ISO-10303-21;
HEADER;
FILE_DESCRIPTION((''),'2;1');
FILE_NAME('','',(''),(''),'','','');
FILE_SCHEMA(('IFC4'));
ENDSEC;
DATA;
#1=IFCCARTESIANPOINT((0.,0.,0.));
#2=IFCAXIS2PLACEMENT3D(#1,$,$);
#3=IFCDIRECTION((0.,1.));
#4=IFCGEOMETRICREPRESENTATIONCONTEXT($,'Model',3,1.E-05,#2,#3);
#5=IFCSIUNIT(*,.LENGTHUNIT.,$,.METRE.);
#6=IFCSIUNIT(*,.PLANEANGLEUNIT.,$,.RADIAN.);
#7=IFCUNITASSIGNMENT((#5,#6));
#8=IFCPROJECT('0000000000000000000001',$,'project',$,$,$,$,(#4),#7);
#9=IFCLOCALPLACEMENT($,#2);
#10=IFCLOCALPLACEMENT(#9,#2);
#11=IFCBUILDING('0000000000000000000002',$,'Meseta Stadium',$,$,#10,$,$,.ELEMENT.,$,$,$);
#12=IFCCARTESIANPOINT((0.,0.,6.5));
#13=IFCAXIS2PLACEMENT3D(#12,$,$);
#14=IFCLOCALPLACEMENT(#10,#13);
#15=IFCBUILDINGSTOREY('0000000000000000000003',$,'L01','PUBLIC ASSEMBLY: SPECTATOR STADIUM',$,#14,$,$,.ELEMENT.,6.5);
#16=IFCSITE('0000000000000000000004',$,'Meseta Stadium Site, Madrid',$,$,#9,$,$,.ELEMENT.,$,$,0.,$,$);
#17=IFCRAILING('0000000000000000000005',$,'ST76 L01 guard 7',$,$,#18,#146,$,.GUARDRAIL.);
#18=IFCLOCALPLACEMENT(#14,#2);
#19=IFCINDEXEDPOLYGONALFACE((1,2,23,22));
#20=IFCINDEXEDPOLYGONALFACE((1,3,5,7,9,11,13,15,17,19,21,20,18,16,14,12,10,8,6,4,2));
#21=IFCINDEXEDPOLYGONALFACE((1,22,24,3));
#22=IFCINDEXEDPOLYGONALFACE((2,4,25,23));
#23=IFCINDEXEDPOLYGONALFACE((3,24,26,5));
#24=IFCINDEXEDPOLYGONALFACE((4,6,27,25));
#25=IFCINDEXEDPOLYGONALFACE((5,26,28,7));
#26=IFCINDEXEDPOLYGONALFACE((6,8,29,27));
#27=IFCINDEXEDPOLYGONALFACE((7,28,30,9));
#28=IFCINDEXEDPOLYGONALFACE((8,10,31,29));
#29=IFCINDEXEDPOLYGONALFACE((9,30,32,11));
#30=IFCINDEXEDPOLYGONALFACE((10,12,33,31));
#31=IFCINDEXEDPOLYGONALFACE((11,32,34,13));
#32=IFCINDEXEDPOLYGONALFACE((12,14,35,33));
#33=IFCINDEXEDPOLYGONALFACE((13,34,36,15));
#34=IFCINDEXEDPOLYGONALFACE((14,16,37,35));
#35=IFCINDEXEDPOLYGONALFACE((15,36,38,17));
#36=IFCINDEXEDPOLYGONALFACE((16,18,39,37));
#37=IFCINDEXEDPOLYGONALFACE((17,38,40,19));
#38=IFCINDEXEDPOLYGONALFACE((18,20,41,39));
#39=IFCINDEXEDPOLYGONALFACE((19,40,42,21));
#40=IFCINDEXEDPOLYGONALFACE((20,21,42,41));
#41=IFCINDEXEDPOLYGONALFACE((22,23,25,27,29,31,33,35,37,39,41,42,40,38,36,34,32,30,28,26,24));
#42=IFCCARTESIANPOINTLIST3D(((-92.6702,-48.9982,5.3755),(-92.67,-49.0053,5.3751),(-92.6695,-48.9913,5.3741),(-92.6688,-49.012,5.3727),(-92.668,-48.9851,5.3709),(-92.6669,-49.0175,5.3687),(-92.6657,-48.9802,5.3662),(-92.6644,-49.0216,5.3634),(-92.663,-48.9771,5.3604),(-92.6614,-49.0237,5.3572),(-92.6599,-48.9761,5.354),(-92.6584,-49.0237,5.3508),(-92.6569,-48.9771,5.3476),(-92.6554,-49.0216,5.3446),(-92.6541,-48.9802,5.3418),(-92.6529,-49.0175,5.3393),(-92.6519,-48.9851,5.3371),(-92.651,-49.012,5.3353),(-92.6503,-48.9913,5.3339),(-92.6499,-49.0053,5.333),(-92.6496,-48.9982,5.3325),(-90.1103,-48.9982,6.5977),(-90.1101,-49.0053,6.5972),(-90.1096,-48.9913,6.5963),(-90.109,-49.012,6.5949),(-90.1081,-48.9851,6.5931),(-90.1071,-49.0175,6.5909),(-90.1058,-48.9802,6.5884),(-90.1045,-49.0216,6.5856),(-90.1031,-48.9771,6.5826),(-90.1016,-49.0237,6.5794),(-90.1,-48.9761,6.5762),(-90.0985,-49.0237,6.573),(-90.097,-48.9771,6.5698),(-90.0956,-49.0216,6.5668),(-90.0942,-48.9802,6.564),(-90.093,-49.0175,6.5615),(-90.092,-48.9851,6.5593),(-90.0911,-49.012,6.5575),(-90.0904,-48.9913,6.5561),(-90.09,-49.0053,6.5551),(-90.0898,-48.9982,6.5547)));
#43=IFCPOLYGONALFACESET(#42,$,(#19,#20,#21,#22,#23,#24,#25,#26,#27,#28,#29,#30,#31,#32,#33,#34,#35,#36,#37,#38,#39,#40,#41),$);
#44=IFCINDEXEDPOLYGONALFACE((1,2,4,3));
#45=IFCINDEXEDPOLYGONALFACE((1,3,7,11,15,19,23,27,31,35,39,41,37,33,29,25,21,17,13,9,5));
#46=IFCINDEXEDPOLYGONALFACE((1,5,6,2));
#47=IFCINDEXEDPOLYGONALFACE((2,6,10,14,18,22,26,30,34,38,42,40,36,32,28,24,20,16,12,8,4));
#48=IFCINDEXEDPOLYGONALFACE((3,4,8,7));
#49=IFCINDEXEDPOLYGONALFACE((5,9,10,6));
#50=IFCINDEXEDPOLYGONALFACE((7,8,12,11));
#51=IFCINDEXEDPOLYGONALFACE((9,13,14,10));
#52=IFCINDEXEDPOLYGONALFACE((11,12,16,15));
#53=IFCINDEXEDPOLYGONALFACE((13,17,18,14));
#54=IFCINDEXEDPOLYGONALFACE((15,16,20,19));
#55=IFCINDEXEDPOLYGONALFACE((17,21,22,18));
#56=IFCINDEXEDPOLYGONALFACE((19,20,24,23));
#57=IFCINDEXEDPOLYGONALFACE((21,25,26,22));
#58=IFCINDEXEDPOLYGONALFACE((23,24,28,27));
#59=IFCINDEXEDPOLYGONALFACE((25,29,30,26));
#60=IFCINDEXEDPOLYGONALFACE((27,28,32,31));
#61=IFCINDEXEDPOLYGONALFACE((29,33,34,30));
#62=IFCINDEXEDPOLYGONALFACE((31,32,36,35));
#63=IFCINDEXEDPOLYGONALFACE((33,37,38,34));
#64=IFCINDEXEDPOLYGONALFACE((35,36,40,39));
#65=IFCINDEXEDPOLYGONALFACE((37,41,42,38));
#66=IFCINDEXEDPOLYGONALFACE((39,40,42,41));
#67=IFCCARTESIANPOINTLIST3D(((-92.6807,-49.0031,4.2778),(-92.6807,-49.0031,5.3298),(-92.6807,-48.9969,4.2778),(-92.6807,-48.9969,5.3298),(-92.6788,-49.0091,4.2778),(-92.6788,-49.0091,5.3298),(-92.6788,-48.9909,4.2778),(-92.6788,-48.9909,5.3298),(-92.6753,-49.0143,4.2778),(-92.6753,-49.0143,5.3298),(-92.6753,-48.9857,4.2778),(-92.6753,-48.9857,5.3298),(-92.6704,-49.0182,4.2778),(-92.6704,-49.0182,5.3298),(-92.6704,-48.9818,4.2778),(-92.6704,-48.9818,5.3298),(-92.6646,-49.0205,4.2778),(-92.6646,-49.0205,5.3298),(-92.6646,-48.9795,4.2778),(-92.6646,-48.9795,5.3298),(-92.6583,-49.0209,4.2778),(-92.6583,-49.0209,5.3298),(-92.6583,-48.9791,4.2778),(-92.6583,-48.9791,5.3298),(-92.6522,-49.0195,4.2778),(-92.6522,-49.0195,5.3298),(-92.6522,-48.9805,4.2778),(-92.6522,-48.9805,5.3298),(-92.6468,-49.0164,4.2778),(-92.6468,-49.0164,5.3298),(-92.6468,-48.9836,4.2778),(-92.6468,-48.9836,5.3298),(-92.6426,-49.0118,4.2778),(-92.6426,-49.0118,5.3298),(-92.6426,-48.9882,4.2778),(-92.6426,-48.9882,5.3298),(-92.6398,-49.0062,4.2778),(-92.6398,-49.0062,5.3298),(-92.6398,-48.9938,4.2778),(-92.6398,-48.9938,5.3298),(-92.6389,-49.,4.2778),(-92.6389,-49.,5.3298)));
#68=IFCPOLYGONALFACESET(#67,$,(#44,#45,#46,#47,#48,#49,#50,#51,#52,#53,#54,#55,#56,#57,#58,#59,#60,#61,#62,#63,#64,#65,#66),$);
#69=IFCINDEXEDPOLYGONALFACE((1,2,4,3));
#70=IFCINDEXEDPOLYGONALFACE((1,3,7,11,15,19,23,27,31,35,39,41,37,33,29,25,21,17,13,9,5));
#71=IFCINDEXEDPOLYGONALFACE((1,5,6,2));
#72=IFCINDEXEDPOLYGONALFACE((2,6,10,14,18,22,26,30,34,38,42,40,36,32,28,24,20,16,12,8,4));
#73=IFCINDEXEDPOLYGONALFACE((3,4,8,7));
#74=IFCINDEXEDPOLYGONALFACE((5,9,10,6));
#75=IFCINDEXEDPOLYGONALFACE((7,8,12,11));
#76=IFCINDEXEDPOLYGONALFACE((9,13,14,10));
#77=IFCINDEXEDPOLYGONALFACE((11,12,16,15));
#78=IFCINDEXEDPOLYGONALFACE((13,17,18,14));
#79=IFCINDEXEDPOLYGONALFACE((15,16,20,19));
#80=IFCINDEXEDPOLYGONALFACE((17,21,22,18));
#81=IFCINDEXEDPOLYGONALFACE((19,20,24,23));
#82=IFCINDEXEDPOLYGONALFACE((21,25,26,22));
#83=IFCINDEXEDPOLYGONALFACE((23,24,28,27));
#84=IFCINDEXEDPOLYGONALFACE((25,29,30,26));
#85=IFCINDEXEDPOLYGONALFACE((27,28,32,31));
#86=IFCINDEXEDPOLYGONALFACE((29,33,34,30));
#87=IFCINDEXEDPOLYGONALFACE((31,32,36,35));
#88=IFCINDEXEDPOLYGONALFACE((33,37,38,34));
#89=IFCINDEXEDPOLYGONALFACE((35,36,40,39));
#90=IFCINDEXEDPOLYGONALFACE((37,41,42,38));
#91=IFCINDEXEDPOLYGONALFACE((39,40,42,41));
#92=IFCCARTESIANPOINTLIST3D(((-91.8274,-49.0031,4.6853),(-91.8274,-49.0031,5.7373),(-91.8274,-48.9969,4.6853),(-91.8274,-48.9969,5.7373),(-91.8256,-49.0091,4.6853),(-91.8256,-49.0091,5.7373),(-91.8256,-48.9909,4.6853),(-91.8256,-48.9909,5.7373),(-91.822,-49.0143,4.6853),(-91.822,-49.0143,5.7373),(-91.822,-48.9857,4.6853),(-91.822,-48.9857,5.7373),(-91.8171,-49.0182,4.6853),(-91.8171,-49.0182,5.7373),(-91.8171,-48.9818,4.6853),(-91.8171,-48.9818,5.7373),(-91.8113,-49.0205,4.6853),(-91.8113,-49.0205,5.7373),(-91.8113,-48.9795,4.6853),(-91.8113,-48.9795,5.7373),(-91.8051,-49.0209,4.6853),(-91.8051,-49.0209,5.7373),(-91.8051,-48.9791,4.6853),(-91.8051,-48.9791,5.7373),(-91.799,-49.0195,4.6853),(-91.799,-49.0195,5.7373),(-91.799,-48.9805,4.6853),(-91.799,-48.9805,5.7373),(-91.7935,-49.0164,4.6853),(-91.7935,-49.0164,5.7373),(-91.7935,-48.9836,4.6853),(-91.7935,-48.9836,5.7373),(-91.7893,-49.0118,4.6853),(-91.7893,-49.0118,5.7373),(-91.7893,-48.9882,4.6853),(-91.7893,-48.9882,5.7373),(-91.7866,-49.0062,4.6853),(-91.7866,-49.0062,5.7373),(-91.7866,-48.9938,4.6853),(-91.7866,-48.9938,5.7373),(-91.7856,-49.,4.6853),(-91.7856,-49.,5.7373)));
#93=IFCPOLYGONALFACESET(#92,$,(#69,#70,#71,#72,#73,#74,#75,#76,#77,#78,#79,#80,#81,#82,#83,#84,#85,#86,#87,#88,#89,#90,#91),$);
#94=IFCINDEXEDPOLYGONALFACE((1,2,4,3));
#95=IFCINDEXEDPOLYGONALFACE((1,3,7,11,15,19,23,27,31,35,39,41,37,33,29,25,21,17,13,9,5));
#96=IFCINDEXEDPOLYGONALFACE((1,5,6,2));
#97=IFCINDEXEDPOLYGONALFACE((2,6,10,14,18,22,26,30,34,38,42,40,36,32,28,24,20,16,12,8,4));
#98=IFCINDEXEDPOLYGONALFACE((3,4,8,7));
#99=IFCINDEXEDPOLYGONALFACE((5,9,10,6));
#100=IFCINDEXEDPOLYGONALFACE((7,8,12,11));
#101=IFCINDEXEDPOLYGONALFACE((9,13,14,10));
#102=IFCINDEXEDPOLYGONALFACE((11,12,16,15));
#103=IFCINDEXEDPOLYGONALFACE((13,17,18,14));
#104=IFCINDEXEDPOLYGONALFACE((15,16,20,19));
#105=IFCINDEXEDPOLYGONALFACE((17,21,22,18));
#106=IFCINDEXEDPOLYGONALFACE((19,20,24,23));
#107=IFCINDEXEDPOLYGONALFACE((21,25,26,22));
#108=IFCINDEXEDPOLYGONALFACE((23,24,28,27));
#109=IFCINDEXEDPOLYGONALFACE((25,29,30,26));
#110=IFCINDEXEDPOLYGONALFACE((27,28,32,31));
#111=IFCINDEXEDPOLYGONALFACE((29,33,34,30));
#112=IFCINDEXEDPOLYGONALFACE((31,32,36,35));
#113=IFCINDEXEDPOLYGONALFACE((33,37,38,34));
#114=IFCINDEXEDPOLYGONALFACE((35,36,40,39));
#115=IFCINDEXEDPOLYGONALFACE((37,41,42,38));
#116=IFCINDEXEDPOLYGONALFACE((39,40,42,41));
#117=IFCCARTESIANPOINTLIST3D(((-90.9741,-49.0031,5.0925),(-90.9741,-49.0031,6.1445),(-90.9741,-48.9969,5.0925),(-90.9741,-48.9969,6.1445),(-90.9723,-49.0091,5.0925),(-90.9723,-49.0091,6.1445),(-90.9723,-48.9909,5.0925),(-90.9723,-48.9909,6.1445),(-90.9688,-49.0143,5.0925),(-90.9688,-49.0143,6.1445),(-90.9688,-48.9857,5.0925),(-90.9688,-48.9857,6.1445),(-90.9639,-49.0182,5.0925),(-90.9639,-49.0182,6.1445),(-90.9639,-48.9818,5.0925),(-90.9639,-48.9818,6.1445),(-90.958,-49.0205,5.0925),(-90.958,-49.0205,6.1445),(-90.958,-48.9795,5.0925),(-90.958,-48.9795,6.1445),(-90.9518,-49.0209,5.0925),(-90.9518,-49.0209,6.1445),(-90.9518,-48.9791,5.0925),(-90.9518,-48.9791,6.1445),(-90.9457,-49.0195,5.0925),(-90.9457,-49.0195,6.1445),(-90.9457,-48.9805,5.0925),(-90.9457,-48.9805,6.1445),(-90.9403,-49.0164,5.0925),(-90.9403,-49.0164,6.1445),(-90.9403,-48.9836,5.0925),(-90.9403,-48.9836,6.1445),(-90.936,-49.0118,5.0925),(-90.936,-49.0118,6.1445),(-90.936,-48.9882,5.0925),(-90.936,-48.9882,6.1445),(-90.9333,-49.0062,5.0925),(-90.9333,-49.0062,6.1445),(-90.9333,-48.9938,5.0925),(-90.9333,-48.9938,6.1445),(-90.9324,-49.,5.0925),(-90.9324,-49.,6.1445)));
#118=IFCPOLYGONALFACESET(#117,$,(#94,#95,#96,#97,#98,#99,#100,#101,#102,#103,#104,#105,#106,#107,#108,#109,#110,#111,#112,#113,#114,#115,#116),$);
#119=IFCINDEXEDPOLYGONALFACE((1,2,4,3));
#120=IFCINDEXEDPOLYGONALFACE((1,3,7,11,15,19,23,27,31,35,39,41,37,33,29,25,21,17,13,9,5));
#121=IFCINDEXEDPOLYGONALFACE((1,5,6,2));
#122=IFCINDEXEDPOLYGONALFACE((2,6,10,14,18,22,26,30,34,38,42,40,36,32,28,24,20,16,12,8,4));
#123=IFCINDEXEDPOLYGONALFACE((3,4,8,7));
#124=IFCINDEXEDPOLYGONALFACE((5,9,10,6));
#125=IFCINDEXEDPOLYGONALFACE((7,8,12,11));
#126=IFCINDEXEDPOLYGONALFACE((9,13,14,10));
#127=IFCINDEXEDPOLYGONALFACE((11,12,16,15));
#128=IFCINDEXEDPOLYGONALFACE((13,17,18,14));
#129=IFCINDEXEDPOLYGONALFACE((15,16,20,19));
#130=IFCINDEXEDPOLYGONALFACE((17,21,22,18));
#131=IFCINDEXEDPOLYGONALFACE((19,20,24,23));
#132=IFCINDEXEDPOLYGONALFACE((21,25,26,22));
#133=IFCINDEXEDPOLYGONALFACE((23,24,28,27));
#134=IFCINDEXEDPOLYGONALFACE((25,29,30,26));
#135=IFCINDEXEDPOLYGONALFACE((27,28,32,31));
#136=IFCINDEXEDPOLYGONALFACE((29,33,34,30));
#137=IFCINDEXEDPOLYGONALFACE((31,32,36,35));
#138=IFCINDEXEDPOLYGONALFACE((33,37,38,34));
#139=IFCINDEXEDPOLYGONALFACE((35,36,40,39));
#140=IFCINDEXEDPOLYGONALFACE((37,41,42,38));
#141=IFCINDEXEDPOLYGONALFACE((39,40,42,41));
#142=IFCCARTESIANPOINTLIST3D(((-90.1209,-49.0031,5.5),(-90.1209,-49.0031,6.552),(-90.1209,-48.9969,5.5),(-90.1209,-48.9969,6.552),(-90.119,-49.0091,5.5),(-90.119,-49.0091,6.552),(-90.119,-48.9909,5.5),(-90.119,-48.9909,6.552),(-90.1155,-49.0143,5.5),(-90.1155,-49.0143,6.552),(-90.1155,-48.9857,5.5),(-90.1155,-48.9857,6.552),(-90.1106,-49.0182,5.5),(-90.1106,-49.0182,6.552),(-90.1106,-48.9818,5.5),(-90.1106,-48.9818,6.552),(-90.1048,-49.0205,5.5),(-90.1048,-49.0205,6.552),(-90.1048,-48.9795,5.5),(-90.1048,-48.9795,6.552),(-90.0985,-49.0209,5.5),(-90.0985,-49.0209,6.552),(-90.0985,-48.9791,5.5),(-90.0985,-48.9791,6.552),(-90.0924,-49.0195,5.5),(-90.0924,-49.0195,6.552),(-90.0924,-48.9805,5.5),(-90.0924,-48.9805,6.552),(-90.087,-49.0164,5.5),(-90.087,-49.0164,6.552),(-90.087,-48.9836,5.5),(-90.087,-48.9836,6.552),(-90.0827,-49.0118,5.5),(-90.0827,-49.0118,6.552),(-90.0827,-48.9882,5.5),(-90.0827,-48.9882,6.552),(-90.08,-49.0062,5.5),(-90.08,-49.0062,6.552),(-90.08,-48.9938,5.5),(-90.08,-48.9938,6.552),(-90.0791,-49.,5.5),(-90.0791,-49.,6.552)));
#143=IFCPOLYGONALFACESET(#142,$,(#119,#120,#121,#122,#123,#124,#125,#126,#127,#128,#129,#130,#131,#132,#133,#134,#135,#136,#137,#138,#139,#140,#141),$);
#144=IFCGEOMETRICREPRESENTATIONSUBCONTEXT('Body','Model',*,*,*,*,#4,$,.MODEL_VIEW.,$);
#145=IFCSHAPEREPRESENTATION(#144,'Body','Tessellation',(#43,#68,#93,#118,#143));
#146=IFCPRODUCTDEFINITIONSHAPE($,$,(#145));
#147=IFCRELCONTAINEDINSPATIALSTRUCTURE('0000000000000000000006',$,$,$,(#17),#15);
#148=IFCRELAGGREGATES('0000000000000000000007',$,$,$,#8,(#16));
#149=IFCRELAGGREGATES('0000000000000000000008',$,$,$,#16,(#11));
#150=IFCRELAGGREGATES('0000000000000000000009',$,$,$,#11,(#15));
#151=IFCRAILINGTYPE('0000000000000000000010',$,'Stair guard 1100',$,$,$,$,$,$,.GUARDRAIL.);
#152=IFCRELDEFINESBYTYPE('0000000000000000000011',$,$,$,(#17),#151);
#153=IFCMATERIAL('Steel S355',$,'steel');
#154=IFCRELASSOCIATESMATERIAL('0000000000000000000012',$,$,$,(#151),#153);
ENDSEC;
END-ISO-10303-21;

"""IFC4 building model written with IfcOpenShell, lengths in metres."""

from ifc_helpers import new_model, si_unit, direction, frame, origin, origin_2d, place, context, subcontext, project, spatial, circle, extrude, material, type_object, element, save


model = new_model("IFC4")

# Units and contexts
model_context = context("Model", 3, precision=1e-05, world=origin(), true_north=direction((0.0, 1.0)))
body_context = subcontext(model_context, "Body", "Model", "MODEL_VIEW")
ifc_project = project(units=[si_unit("LENGTHUNIT", "METRE"), si_unit("PLANEANGLEUNIT", "RADIAN")], contexts=[model_context])

# Site, building, storey
site_placement = place(None, origin())
site = spatial("IfcSite", under=ifc_project, at=site_placement, Name="Meseta Stadium Site, Madrid", CompositionType="ELEMENT", RefElevation=0.0)
building_placement = place(site_placement, origin())
building = spatial("IfcBuilding", under=site, at=building_placement, Name="Meseta Stadium", CompositionType="ELEMENT")
storey_placement = place(building_placement, frame((0.0, 0.0, 6.5)))
storey = spatial("IfcBuildingStorey", under=building, at=storey_placement, Name="L01", Description="PUBLIC ASSEMBLY: SPECTATOR STADIUM", CompositionType="ELEMENT", Elevation=6.5)

# Railing
ifc_material_1 = material(Name="Steel S355", Category="steel")
railing_type_1 = type_object("IfcRailingType", Name="Stair guard 1100", PredefinedType="GUARDRAIL", material=ifc_material_1)
railing_1_placement = place(storey_placement, frame((-92.6599, -49.0, 4.2778)))
element("IfcRailing", 1, at=railing_1_placement, inside=storey, type_object=railing_type_1, Name="ST76 L01 guard 7", PredefinedType="GUARDRAIL", context=body_context, shape_type="SweptSolid", body=[
    extrude(circle(Radius=0.0239, at=origin_2d()), frame((0.0, 0.0, 1.0762), z_axis=(0.902421, 0.0, 0.430855), x_axis=(0.0, 1.0, 0.0)), (0.0, 0.0, 1.0), 2.8367),
    extrude(circle(Radius=0.021, at=origin_2d()), origin(), (0.0, 0.0, 1.0), 1.052),
    extrude(circle(Radius=0.021, at=origin_2d()), frame((0.8533, 0.0, 0.4075)), (0.0, 0.0, 1.0), 1.052),
    extrude(circle(Radius=0.021, at=origin_2d()), frame((1.7065, 0.0, 0.8147)), (0.0, 0.0, 1.0), 1.052),
    extrude(circle(Radius=0.021, at=origin_2d()), frame((2.5598, 0.0, 1.2222)), (0.0, 0.0, 1.0), 1.052),
])

save(model, "model.ifc")
